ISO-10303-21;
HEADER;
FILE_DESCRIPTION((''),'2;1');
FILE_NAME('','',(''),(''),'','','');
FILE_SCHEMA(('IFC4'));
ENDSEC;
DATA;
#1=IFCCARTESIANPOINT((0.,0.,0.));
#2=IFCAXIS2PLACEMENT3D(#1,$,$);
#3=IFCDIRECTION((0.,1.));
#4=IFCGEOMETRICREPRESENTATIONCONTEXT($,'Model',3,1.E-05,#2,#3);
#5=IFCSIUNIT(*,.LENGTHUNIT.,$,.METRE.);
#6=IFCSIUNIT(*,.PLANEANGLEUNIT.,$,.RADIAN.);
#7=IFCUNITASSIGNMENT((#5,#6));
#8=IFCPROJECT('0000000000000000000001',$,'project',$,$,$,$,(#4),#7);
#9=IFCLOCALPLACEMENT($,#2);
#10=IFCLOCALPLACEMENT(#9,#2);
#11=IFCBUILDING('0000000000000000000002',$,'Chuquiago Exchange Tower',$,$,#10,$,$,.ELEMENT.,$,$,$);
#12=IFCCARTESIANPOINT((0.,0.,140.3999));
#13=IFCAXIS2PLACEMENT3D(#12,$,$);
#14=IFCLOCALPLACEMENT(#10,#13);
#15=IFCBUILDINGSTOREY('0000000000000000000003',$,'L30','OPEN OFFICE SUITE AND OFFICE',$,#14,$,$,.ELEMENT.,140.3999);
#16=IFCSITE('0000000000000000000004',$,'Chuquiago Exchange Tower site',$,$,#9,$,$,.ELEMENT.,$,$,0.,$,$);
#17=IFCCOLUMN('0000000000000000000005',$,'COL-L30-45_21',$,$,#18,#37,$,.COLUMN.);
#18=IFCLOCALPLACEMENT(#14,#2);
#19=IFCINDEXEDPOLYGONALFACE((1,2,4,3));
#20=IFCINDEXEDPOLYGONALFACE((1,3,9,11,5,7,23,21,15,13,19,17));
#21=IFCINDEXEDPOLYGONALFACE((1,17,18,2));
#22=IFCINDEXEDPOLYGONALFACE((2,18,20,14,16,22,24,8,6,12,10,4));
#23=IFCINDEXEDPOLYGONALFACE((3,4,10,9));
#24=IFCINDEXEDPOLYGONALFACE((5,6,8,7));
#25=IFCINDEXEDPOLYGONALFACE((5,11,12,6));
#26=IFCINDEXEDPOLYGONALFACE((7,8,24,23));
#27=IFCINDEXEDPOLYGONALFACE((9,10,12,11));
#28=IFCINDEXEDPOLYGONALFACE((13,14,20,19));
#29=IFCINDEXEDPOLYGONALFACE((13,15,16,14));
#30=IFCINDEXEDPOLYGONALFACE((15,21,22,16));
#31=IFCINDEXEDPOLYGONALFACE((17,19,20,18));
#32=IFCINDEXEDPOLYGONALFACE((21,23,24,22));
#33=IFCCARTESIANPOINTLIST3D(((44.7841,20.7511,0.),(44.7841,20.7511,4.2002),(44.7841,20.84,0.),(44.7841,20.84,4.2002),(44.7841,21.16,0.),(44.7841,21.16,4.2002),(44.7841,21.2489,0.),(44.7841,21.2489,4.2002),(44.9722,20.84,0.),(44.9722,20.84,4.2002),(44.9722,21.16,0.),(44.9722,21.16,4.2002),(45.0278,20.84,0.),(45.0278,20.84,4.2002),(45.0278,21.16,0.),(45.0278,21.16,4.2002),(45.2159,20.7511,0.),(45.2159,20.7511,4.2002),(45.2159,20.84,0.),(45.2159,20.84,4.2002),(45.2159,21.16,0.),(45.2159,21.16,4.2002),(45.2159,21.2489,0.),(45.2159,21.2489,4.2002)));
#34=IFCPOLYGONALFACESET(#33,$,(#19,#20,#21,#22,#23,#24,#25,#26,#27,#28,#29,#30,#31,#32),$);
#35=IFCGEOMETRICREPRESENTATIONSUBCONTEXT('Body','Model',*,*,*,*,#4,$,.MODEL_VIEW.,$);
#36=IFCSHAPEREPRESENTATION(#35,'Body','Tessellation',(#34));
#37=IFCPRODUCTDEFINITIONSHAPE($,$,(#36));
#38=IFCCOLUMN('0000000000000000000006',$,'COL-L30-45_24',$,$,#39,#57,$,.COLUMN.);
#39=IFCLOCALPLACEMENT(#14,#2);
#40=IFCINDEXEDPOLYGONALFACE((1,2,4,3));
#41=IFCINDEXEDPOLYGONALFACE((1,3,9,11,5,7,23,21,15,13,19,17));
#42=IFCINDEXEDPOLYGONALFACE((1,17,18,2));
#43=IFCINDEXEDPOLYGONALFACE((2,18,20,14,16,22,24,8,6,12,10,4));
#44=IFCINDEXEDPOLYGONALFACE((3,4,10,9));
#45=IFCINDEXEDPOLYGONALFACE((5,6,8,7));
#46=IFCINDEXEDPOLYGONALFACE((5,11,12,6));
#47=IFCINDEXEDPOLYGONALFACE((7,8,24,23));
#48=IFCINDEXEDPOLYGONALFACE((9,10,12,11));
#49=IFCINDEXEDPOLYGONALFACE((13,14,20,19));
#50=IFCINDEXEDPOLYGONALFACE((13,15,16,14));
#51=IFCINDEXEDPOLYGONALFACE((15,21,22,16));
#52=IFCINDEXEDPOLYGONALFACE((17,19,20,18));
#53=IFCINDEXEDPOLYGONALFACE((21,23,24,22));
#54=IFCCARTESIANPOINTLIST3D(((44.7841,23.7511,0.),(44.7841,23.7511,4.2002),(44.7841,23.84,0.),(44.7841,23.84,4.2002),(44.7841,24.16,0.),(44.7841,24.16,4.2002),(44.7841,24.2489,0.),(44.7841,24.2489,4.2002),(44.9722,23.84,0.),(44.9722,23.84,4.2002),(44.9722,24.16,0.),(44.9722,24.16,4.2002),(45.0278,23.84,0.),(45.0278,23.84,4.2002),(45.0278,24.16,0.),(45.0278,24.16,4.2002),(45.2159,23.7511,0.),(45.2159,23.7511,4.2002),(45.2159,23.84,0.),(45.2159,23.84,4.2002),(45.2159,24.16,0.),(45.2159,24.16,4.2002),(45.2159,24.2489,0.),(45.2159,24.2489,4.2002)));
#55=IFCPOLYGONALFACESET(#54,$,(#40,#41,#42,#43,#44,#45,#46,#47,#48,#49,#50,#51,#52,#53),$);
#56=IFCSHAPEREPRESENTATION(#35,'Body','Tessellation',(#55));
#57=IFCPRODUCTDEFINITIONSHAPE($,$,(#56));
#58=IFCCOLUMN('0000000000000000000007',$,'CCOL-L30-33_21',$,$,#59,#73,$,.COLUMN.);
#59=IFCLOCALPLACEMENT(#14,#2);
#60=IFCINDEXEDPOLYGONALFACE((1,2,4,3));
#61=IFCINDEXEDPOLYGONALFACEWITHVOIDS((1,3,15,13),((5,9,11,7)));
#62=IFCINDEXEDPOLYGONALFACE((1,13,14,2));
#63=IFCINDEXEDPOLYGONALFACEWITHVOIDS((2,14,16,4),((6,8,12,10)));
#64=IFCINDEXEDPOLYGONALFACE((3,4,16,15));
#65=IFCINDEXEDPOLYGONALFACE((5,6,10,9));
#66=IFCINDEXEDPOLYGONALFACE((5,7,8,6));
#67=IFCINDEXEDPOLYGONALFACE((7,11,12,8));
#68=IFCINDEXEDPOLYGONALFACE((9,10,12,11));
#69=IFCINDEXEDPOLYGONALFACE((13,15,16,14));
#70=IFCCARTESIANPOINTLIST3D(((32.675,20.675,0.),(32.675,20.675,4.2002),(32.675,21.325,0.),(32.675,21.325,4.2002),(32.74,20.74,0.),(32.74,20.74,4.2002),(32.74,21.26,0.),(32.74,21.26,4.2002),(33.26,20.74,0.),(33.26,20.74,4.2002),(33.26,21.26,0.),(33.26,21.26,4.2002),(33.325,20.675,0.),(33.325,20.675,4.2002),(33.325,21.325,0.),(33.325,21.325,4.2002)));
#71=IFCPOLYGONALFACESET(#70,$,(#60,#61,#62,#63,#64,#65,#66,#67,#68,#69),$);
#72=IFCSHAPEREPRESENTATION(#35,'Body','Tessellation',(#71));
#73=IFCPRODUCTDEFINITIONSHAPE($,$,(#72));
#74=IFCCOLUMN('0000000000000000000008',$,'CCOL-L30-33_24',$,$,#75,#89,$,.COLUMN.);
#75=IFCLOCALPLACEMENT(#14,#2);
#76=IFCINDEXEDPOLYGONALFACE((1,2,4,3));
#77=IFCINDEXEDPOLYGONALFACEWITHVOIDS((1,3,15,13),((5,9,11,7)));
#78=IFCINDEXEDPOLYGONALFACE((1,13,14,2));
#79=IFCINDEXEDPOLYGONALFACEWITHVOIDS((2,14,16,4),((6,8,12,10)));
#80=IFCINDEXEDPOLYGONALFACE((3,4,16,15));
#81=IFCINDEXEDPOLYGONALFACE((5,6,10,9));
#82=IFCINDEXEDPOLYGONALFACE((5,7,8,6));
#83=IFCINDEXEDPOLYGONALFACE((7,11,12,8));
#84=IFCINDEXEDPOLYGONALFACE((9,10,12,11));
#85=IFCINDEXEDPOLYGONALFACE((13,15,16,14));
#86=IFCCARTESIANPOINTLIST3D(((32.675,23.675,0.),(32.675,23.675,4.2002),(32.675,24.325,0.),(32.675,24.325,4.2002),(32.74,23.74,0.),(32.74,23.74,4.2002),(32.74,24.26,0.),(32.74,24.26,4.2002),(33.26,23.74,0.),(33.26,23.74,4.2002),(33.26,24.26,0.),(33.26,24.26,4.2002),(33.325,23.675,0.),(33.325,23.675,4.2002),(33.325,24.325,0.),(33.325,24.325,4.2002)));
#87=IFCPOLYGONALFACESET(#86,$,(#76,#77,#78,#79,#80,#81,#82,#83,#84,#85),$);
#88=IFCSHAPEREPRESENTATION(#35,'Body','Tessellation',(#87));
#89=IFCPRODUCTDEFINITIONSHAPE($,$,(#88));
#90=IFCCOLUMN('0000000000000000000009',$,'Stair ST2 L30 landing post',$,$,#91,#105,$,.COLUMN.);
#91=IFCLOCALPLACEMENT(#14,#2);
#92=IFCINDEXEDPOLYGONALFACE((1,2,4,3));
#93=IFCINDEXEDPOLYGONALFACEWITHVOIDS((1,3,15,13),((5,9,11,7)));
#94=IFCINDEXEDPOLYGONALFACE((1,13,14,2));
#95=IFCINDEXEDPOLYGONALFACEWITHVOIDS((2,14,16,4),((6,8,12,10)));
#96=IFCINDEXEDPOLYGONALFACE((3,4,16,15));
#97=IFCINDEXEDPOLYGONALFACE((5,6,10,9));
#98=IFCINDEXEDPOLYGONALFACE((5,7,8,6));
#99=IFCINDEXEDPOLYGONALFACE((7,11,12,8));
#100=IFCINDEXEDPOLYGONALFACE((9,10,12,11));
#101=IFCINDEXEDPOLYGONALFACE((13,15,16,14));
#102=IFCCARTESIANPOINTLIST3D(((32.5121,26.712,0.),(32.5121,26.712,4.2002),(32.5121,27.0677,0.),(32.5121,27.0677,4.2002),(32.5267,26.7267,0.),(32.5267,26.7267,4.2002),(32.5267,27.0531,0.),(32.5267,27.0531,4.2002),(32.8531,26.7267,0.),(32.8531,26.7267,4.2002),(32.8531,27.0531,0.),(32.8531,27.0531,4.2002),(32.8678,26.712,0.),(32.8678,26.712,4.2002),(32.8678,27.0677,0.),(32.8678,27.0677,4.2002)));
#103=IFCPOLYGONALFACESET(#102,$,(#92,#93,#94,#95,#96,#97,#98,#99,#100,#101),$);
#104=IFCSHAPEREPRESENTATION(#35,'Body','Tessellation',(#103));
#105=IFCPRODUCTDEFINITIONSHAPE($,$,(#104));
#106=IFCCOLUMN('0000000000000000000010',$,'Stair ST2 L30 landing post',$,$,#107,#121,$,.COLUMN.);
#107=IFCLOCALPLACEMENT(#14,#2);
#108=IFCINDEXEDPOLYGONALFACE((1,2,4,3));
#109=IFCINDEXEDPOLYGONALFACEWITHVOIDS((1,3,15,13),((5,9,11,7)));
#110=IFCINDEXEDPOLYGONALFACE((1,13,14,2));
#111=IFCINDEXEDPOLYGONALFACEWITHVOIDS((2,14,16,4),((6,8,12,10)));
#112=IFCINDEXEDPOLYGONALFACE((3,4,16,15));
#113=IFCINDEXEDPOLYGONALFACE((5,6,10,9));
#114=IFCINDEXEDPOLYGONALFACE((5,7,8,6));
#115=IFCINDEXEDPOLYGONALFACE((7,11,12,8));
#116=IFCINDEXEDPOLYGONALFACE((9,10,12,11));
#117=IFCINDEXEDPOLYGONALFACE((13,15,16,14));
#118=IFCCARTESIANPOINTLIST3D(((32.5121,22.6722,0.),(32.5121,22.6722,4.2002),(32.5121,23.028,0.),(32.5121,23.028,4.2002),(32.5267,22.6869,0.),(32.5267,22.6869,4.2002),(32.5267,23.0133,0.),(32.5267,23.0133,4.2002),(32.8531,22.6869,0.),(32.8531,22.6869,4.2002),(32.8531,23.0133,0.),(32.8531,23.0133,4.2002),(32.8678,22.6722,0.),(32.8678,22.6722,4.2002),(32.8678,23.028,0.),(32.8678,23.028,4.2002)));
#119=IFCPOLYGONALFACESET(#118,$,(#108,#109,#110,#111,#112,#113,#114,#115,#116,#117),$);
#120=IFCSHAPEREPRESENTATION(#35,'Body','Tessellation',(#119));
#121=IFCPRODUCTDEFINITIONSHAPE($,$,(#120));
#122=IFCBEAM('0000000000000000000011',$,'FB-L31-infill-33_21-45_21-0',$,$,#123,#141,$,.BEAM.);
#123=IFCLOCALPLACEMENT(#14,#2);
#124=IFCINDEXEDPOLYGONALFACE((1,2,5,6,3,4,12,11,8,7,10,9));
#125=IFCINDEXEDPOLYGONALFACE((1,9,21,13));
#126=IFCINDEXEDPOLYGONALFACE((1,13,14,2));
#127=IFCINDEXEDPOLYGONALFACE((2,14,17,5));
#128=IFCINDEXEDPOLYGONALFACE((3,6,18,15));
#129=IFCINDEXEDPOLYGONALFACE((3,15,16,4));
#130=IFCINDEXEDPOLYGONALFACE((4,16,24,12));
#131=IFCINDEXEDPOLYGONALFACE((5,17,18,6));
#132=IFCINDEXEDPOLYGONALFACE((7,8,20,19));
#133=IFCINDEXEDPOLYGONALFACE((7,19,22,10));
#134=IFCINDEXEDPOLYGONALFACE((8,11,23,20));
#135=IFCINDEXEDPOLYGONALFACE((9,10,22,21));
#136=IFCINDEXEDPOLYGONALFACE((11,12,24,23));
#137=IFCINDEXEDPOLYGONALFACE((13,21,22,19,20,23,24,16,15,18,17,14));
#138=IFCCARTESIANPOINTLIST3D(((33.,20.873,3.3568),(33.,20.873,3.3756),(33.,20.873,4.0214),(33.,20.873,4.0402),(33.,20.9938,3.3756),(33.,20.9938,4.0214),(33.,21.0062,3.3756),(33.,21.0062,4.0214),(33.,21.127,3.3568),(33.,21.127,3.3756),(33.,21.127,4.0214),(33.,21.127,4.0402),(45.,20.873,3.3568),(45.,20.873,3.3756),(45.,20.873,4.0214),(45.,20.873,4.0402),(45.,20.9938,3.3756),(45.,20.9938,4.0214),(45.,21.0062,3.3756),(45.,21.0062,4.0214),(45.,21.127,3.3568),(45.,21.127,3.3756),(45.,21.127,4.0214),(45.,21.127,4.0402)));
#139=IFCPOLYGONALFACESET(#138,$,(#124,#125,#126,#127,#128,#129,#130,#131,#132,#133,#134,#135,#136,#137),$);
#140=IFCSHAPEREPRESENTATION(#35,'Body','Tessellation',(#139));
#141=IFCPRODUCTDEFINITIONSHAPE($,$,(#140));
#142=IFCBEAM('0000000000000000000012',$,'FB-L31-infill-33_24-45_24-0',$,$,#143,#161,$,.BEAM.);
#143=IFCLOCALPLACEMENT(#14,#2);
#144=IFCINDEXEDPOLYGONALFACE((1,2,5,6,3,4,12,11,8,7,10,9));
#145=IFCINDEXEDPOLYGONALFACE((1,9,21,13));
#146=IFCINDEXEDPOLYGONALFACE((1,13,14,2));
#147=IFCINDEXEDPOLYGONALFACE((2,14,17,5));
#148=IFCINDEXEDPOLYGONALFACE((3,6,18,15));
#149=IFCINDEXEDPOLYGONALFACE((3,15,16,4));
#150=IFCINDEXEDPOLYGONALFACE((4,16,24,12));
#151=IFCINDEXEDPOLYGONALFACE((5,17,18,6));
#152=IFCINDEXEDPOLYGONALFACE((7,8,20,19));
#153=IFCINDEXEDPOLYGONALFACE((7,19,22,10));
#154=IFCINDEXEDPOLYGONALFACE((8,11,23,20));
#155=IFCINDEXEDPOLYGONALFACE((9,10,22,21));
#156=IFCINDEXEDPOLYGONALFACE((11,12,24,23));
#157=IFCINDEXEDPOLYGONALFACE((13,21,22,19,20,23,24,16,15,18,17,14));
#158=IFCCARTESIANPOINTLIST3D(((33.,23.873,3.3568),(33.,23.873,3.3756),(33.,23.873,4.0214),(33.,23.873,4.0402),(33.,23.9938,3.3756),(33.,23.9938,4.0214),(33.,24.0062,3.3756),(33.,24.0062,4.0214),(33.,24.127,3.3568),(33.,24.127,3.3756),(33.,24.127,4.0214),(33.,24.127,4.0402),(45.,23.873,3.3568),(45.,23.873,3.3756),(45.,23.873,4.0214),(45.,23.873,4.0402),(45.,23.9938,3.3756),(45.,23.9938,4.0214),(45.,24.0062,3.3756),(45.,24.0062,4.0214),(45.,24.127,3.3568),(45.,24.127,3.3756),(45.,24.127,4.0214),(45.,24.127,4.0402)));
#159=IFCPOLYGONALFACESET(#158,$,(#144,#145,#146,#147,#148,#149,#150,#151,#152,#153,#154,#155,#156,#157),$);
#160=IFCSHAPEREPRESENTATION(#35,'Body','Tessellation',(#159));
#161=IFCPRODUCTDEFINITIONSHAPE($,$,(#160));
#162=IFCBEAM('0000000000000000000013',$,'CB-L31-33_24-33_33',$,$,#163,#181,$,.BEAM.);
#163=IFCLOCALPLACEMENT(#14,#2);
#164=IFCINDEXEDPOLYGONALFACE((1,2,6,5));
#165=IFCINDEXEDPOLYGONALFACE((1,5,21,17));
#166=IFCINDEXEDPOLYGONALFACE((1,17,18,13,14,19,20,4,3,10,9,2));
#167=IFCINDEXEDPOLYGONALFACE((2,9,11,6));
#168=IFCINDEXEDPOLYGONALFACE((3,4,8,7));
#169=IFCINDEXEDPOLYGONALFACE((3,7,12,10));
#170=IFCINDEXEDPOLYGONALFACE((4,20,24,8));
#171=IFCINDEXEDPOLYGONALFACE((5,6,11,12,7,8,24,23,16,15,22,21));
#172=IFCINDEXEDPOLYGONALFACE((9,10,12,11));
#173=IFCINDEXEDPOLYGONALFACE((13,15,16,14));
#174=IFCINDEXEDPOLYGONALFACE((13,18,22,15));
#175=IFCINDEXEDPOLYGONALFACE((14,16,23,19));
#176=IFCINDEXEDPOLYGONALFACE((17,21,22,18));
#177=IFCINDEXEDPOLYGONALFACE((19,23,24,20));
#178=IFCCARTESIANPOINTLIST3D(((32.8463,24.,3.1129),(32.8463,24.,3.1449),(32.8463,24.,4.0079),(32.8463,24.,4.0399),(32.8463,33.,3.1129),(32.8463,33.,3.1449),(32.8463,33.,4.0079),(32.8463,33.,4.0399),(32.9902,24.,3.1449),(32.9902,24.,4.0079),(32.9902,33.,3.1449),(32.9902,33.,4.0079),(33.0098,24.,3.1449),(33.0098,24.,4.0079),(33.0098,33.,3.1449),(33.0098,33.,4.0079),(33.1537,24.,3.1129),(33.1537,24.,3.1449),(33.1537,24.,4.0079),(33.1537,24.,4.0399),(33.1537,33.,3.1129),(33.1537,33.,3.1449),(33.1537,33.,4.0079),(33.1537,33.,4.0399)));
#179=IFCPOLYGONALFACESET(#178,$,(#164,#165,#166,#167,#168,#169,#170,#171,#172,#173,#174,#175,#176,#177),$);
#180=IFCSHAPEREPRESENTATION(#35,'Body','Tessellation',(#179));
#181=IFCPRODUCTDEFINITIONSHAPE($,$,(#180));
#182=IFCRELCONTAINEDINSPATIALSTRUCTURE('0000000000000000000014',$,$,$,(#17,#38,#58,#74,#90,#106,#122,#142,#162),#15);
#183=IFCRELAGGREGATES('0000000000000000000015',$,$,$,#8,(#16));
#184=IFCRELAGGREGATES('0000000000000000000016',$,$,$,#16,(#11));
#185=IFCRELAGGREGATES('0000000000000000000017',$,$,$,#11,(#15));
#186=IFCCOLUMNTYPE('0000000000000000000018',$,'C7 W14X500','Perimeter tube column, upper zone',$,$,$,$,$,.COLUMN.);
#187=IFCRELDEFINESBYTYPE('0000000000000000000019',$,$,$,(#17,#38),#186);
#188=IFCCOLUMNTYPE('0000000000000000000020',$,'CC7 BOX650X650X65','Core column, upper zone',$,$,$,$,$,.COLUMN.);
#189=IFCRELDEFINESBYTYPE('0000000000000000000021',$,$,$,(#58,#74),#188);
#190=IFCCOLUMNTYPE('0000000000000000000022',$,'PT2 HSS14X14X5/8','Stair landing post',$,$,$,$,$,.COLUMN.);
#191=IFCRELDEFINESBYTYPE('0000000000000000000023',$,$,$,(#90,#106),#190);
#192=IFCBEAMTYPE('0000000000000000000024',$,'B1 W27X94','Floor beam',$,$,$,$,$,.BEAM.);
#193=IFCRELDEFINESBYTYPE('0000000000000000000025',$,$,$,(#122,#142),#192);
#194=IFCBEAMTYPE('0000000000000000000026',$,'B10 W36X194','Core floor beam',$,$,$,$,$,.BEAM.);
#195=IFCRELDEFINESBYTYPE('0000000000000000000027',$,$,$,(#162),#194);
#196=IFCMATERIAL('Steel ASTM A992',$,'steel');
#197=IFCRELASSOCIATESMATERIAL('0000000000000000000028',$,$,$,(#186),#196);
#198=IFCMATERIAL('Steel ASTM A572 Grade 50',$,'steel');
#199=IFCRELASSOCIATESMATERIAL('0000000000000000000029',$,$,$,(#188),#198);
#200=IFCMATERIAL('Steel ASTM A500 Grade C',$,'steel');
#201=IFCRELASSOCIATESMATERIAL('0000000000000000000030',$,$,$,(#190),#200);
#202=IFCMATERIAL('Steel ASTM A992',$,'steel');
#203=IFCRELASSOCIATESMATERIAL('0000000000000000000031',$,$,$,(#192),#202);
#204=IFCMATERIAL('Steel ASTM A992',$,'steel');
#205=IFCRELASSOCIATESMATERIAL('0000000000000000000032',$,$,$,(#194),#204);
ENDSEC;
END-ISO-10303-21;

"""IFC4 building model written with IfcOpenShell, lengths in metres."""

from ifc_helpers import new_model, si_unit, direction, frame, origin, origin_2d, place, context, subcontext, project, spatial, hollow_rectangle, i_section, extrude, material, material_profile, profile_set, type_object, element, save


model = new_model("IFC4")

# Units and contexts
model_context = context("Model", 3, precision=1e-05, world=origin(), true_north=direction((0.0, 1.0)))
body_context = subcontext(model_context, "Body", "Model", "MODEL_VIEW")
ifc_project = project(units=[si_unit("LENGTHUNIT", "METRE"), si_unit("PLANEANGLEUNIT", "RADIAN")], contexts=[model_context])

# Site, building, storey
site_placement = place(None, origin())
site = spatial("IfcSite", under=ifc_project, at=site_placement, Name="Chuquiago Exchange Tower site", CompositionType="ELEMENT", RefElevation=0.0)
building_placement = place(site_placement, origin())
building = spatial("IfcBuilding", under=site, at=building_placement, Name="Chuquiago Exchange Tower", CompositionType="ELEMENT")
storey_placement = place(building_placement, frame((0.0, 0.0, 140.3999)))
storey = spatial("IfcBuildingStorey", under=building, at=storey_placement, Name="L30", Description="OPEN OFFICE SUITE AND OFFICE", CompositionType="ELEMENT", Elevation=140.3999)

# Columns
ifc_material_1 = material(Name="Steel ASTM A992", Category="steel")
ifc_material_profile_1 = material_profile(ifc_material_1, i_section(OverallWidth=0.4319, OverallDepth=0.4978, WebThickness=0.0557, FlangeThickness=0.0889, at=origin_2d()), Name="W14X500")
ifc_profile_set_1 = profile_set([ifc_material_profile_1], Name="Steel ASTM A992")
column_type_1 = type_object("IfcColumnType", Name="C7 W14X500", Description="Perimeter tube column, upper zone", PredefinedType="COLUMN", material=ifc_profile_set_1)
for number, where, z_axis, x_axis, name in (
    (1, (45.0, 21.0, 0.0), (0.0, 0.0, 1.0), (1.0, 0.0, 0.0), "COL-L30-45_21"),
    (2, (45.0, 24.0, 0.0), (0.0, 0.0, 1.0), (1.0, 0.0, 0.0), "COL-L30-45_24"),
):
    element("IfcColumn", number, at=place(storey_placement, frame(where, z_axis=z_axis, x_axis=x_axis)), inside=storey, type_object=column_type_1, Name=name, PredefinedType="COLUMN", context=body_context, shape_type="SweptSolid", body=[
        extrude(i_section(OverallWidth=0.4319, OverallDepth=0.4978, WebThickness=0.0557, FlangeThickness=0.0889, at=origin_2d()), origin(), (0.0, 0.0, 1.0), 4.2002),
    ])
ifc_material_2 = material(Name="Steel ASTM A572 Grade 50", Category="steel")
ifc_material_profile_2 = material_profile(ifc_material_2, hollow_rectangle(XDim=0.6499, YDim=0.6499, WallThickness=0.0649, at=origin_2d()), Name="BOX650X650X65")
ifc_profile_set_2 = profile_set([ifc_material_profile_2], Name="Steel ASTM A572 Grade 50")
column_type_2 = type_object("IfcColumnType", Name="CC7 BOX650X650X65", Description="Core column, upper zone", PredefinedType="COLUMN", material=ifc_profile_set_2)
for number, where, z_axis, x_axis, name in (
    (3, (33.0, 21.0, 0.0), (0.0, 0.0, 1.0), (1.0, 0.0, 0.0), "CCOL-L30-33_21"),
    (4, (33.0, 24.0, 0.0), (0.0, 0.0, 1.0), (1.0, 0.0, 0.0), "CCOL-L30-33_24"),
):
    element("IfcColumn", number, at=place(storey_placement, frame(where, z_axis=z_axis, x_axis=x_axis)), inside=storey, type_object=column_type_2, Name=name, PredefinedType="COLUMN", context=body_context, shape_type="SweptSolid", body=[
        extrude(hollow_rectangle(XDim=0.6499, YDim=0.6499, WallThickness=0.0649, at=origin_2d()), origin(), (0.0, 0.0, 1.0), 4.2002),
    ])
ifc_material_3 = material(Name="Steel ASTM A500 Grade C", Category="steel")
ifc_material_profile_3 = material_profile(ifc_material_3, hollow_rectangle(XDim=0.3557, YDim=0.3557, WallThickness=0.0146, at=origin_2d()), Name="HSS14X14X5/8")
ifc_profile_set_3 = profile_set([ifc_material_profile_3], Name="Steel ASTM A500 Grade C")
column_type_3 = type_object("IfcColumnType", Name="PT2 HSS14X14X5/8", Description="Stair landing post", PredefinedType="COLUMN", material=ifc_profile_set_3)
for number, where, z_axis, x_axis, name in (
    (5, (32.6899, 26.8899, 0.0), (0.0, 0.0, 1.0), (1.0, 0.0, 0.0), "Stair ST2 L30 landing post"),
    (6, (32.6899, 22.8501, 0.0), (0.0, 0.0, 1.0), (1.0, 0.0, 0.0), "Stair ST2 L30 landing post"),
):
    element("IfcColumn", number, at=place(storey_placement, frame(where, z_axis=z_axis, x_axis=x_axis)), inside=storey, type_object=column_type_3, Name=name, PredefinedType="COLUMN", context=body_context, shape_type="SweptSolid", body=[
        extrude(hollow_rectangle(XDim=0.3557, YDim=0.3557, WallThickness=0.0146, at=origin_2d()), origin(), (0.0, 0.0, 1.0), 4.2002),
    ])

# Beams
ifc_material_4 = material(Name="Steel ASTM A992", Category="steel")
ifc_material_profile_4 = material_profile(ifc_material_4, i_section(OverallWidth=0.2539, OverallDepth=0.6833, WebThickness=0.0125, FlangeThickness=0.0188, at=origin_2d()), Name="W27X94")
ifc_profile_set_4 = profile_set([ifc_material_profile_4], Name="Steel ASTM A992")
beam_type_1 = type_object("IfcBeamType", Name="B1 W27X94", Description="Floor beam", PredefinedType="BEAM", material=ifc_profile_set_4)
for number, where, z_axis, x_axis, name in (
    (7, (33.0, 21.0, 3.6985), (1.0, 0.0, 0.0), (0.0, 1.0, 0.0), "FB-L31-infill-33_21-45_21-0"),
    (8, (33.0, 24.0, 3.6985), (1.0, 0.0, 0.0), (0.0, 1.0, 0.0), "FB-L31-infill-33_24-45_24-0"),
):
    element("IfcBeam", number, at=place(storey_placement, frame(where, z_axis=z_axis, x_axis=x_axis)), inside=storey, type_object=beam_type_1, Name=name, PredefinedType="BEAM", context=body_context, shape_type="SweptSolid", body=[
        extrude(i_section(OverallWidth=0.2539, OverallDepth=0.6833, WebThickness=0.0125, FlangeThickness=0.0188, at=origin_2d()), origin(), (0.0, 0.0, 1.0), 12.0),
    ])
ifc_material_5 = material(Name="Steel ASTM A992", Category="steel")
ifc_material_profile_5 = material_profile(ifc_material_5, i_section(OverallWidth=0.3074, OverallDepth=0.927, WebThickness=0.0195, FlangeThickness=0.032, at=origin_2d()), Name="W36X194")
ifc_profile_set_5 = profile_set([ifc_material_profile_5], Name="Steel ASTM A992")
beam_type_2 = type_object("IfcBeamType", Name="B10 W36X194", Description="Core floor beam", PredefinedType="BEAM", material=ifc_profile_set_5)
beam_1_placement = place(storey_placement, frame((33.0, 24.0, 3.5764), z_axis=(0.0, 1.0, 0.0), x_axis=(-1.0, 0.0, 0.0)))
element("IfcBeam", 9, at=beam_1_placement, inside=storey, type_object=beam_type_2, Name="CB-L31-33_24-33_33", PredefinedType="BEAM", context=body_context, shape_type="SweptSolid", body=[
    extrude(i_section(OverallWidth=0.3074, OverallDepth=0.927, WebThickness=0.0195, FlangeThickness=0.032, at=origin_2d()), origin(), (0.0, 0.0, 1.0), 9.0),
])

save(model, "model.ifc")
